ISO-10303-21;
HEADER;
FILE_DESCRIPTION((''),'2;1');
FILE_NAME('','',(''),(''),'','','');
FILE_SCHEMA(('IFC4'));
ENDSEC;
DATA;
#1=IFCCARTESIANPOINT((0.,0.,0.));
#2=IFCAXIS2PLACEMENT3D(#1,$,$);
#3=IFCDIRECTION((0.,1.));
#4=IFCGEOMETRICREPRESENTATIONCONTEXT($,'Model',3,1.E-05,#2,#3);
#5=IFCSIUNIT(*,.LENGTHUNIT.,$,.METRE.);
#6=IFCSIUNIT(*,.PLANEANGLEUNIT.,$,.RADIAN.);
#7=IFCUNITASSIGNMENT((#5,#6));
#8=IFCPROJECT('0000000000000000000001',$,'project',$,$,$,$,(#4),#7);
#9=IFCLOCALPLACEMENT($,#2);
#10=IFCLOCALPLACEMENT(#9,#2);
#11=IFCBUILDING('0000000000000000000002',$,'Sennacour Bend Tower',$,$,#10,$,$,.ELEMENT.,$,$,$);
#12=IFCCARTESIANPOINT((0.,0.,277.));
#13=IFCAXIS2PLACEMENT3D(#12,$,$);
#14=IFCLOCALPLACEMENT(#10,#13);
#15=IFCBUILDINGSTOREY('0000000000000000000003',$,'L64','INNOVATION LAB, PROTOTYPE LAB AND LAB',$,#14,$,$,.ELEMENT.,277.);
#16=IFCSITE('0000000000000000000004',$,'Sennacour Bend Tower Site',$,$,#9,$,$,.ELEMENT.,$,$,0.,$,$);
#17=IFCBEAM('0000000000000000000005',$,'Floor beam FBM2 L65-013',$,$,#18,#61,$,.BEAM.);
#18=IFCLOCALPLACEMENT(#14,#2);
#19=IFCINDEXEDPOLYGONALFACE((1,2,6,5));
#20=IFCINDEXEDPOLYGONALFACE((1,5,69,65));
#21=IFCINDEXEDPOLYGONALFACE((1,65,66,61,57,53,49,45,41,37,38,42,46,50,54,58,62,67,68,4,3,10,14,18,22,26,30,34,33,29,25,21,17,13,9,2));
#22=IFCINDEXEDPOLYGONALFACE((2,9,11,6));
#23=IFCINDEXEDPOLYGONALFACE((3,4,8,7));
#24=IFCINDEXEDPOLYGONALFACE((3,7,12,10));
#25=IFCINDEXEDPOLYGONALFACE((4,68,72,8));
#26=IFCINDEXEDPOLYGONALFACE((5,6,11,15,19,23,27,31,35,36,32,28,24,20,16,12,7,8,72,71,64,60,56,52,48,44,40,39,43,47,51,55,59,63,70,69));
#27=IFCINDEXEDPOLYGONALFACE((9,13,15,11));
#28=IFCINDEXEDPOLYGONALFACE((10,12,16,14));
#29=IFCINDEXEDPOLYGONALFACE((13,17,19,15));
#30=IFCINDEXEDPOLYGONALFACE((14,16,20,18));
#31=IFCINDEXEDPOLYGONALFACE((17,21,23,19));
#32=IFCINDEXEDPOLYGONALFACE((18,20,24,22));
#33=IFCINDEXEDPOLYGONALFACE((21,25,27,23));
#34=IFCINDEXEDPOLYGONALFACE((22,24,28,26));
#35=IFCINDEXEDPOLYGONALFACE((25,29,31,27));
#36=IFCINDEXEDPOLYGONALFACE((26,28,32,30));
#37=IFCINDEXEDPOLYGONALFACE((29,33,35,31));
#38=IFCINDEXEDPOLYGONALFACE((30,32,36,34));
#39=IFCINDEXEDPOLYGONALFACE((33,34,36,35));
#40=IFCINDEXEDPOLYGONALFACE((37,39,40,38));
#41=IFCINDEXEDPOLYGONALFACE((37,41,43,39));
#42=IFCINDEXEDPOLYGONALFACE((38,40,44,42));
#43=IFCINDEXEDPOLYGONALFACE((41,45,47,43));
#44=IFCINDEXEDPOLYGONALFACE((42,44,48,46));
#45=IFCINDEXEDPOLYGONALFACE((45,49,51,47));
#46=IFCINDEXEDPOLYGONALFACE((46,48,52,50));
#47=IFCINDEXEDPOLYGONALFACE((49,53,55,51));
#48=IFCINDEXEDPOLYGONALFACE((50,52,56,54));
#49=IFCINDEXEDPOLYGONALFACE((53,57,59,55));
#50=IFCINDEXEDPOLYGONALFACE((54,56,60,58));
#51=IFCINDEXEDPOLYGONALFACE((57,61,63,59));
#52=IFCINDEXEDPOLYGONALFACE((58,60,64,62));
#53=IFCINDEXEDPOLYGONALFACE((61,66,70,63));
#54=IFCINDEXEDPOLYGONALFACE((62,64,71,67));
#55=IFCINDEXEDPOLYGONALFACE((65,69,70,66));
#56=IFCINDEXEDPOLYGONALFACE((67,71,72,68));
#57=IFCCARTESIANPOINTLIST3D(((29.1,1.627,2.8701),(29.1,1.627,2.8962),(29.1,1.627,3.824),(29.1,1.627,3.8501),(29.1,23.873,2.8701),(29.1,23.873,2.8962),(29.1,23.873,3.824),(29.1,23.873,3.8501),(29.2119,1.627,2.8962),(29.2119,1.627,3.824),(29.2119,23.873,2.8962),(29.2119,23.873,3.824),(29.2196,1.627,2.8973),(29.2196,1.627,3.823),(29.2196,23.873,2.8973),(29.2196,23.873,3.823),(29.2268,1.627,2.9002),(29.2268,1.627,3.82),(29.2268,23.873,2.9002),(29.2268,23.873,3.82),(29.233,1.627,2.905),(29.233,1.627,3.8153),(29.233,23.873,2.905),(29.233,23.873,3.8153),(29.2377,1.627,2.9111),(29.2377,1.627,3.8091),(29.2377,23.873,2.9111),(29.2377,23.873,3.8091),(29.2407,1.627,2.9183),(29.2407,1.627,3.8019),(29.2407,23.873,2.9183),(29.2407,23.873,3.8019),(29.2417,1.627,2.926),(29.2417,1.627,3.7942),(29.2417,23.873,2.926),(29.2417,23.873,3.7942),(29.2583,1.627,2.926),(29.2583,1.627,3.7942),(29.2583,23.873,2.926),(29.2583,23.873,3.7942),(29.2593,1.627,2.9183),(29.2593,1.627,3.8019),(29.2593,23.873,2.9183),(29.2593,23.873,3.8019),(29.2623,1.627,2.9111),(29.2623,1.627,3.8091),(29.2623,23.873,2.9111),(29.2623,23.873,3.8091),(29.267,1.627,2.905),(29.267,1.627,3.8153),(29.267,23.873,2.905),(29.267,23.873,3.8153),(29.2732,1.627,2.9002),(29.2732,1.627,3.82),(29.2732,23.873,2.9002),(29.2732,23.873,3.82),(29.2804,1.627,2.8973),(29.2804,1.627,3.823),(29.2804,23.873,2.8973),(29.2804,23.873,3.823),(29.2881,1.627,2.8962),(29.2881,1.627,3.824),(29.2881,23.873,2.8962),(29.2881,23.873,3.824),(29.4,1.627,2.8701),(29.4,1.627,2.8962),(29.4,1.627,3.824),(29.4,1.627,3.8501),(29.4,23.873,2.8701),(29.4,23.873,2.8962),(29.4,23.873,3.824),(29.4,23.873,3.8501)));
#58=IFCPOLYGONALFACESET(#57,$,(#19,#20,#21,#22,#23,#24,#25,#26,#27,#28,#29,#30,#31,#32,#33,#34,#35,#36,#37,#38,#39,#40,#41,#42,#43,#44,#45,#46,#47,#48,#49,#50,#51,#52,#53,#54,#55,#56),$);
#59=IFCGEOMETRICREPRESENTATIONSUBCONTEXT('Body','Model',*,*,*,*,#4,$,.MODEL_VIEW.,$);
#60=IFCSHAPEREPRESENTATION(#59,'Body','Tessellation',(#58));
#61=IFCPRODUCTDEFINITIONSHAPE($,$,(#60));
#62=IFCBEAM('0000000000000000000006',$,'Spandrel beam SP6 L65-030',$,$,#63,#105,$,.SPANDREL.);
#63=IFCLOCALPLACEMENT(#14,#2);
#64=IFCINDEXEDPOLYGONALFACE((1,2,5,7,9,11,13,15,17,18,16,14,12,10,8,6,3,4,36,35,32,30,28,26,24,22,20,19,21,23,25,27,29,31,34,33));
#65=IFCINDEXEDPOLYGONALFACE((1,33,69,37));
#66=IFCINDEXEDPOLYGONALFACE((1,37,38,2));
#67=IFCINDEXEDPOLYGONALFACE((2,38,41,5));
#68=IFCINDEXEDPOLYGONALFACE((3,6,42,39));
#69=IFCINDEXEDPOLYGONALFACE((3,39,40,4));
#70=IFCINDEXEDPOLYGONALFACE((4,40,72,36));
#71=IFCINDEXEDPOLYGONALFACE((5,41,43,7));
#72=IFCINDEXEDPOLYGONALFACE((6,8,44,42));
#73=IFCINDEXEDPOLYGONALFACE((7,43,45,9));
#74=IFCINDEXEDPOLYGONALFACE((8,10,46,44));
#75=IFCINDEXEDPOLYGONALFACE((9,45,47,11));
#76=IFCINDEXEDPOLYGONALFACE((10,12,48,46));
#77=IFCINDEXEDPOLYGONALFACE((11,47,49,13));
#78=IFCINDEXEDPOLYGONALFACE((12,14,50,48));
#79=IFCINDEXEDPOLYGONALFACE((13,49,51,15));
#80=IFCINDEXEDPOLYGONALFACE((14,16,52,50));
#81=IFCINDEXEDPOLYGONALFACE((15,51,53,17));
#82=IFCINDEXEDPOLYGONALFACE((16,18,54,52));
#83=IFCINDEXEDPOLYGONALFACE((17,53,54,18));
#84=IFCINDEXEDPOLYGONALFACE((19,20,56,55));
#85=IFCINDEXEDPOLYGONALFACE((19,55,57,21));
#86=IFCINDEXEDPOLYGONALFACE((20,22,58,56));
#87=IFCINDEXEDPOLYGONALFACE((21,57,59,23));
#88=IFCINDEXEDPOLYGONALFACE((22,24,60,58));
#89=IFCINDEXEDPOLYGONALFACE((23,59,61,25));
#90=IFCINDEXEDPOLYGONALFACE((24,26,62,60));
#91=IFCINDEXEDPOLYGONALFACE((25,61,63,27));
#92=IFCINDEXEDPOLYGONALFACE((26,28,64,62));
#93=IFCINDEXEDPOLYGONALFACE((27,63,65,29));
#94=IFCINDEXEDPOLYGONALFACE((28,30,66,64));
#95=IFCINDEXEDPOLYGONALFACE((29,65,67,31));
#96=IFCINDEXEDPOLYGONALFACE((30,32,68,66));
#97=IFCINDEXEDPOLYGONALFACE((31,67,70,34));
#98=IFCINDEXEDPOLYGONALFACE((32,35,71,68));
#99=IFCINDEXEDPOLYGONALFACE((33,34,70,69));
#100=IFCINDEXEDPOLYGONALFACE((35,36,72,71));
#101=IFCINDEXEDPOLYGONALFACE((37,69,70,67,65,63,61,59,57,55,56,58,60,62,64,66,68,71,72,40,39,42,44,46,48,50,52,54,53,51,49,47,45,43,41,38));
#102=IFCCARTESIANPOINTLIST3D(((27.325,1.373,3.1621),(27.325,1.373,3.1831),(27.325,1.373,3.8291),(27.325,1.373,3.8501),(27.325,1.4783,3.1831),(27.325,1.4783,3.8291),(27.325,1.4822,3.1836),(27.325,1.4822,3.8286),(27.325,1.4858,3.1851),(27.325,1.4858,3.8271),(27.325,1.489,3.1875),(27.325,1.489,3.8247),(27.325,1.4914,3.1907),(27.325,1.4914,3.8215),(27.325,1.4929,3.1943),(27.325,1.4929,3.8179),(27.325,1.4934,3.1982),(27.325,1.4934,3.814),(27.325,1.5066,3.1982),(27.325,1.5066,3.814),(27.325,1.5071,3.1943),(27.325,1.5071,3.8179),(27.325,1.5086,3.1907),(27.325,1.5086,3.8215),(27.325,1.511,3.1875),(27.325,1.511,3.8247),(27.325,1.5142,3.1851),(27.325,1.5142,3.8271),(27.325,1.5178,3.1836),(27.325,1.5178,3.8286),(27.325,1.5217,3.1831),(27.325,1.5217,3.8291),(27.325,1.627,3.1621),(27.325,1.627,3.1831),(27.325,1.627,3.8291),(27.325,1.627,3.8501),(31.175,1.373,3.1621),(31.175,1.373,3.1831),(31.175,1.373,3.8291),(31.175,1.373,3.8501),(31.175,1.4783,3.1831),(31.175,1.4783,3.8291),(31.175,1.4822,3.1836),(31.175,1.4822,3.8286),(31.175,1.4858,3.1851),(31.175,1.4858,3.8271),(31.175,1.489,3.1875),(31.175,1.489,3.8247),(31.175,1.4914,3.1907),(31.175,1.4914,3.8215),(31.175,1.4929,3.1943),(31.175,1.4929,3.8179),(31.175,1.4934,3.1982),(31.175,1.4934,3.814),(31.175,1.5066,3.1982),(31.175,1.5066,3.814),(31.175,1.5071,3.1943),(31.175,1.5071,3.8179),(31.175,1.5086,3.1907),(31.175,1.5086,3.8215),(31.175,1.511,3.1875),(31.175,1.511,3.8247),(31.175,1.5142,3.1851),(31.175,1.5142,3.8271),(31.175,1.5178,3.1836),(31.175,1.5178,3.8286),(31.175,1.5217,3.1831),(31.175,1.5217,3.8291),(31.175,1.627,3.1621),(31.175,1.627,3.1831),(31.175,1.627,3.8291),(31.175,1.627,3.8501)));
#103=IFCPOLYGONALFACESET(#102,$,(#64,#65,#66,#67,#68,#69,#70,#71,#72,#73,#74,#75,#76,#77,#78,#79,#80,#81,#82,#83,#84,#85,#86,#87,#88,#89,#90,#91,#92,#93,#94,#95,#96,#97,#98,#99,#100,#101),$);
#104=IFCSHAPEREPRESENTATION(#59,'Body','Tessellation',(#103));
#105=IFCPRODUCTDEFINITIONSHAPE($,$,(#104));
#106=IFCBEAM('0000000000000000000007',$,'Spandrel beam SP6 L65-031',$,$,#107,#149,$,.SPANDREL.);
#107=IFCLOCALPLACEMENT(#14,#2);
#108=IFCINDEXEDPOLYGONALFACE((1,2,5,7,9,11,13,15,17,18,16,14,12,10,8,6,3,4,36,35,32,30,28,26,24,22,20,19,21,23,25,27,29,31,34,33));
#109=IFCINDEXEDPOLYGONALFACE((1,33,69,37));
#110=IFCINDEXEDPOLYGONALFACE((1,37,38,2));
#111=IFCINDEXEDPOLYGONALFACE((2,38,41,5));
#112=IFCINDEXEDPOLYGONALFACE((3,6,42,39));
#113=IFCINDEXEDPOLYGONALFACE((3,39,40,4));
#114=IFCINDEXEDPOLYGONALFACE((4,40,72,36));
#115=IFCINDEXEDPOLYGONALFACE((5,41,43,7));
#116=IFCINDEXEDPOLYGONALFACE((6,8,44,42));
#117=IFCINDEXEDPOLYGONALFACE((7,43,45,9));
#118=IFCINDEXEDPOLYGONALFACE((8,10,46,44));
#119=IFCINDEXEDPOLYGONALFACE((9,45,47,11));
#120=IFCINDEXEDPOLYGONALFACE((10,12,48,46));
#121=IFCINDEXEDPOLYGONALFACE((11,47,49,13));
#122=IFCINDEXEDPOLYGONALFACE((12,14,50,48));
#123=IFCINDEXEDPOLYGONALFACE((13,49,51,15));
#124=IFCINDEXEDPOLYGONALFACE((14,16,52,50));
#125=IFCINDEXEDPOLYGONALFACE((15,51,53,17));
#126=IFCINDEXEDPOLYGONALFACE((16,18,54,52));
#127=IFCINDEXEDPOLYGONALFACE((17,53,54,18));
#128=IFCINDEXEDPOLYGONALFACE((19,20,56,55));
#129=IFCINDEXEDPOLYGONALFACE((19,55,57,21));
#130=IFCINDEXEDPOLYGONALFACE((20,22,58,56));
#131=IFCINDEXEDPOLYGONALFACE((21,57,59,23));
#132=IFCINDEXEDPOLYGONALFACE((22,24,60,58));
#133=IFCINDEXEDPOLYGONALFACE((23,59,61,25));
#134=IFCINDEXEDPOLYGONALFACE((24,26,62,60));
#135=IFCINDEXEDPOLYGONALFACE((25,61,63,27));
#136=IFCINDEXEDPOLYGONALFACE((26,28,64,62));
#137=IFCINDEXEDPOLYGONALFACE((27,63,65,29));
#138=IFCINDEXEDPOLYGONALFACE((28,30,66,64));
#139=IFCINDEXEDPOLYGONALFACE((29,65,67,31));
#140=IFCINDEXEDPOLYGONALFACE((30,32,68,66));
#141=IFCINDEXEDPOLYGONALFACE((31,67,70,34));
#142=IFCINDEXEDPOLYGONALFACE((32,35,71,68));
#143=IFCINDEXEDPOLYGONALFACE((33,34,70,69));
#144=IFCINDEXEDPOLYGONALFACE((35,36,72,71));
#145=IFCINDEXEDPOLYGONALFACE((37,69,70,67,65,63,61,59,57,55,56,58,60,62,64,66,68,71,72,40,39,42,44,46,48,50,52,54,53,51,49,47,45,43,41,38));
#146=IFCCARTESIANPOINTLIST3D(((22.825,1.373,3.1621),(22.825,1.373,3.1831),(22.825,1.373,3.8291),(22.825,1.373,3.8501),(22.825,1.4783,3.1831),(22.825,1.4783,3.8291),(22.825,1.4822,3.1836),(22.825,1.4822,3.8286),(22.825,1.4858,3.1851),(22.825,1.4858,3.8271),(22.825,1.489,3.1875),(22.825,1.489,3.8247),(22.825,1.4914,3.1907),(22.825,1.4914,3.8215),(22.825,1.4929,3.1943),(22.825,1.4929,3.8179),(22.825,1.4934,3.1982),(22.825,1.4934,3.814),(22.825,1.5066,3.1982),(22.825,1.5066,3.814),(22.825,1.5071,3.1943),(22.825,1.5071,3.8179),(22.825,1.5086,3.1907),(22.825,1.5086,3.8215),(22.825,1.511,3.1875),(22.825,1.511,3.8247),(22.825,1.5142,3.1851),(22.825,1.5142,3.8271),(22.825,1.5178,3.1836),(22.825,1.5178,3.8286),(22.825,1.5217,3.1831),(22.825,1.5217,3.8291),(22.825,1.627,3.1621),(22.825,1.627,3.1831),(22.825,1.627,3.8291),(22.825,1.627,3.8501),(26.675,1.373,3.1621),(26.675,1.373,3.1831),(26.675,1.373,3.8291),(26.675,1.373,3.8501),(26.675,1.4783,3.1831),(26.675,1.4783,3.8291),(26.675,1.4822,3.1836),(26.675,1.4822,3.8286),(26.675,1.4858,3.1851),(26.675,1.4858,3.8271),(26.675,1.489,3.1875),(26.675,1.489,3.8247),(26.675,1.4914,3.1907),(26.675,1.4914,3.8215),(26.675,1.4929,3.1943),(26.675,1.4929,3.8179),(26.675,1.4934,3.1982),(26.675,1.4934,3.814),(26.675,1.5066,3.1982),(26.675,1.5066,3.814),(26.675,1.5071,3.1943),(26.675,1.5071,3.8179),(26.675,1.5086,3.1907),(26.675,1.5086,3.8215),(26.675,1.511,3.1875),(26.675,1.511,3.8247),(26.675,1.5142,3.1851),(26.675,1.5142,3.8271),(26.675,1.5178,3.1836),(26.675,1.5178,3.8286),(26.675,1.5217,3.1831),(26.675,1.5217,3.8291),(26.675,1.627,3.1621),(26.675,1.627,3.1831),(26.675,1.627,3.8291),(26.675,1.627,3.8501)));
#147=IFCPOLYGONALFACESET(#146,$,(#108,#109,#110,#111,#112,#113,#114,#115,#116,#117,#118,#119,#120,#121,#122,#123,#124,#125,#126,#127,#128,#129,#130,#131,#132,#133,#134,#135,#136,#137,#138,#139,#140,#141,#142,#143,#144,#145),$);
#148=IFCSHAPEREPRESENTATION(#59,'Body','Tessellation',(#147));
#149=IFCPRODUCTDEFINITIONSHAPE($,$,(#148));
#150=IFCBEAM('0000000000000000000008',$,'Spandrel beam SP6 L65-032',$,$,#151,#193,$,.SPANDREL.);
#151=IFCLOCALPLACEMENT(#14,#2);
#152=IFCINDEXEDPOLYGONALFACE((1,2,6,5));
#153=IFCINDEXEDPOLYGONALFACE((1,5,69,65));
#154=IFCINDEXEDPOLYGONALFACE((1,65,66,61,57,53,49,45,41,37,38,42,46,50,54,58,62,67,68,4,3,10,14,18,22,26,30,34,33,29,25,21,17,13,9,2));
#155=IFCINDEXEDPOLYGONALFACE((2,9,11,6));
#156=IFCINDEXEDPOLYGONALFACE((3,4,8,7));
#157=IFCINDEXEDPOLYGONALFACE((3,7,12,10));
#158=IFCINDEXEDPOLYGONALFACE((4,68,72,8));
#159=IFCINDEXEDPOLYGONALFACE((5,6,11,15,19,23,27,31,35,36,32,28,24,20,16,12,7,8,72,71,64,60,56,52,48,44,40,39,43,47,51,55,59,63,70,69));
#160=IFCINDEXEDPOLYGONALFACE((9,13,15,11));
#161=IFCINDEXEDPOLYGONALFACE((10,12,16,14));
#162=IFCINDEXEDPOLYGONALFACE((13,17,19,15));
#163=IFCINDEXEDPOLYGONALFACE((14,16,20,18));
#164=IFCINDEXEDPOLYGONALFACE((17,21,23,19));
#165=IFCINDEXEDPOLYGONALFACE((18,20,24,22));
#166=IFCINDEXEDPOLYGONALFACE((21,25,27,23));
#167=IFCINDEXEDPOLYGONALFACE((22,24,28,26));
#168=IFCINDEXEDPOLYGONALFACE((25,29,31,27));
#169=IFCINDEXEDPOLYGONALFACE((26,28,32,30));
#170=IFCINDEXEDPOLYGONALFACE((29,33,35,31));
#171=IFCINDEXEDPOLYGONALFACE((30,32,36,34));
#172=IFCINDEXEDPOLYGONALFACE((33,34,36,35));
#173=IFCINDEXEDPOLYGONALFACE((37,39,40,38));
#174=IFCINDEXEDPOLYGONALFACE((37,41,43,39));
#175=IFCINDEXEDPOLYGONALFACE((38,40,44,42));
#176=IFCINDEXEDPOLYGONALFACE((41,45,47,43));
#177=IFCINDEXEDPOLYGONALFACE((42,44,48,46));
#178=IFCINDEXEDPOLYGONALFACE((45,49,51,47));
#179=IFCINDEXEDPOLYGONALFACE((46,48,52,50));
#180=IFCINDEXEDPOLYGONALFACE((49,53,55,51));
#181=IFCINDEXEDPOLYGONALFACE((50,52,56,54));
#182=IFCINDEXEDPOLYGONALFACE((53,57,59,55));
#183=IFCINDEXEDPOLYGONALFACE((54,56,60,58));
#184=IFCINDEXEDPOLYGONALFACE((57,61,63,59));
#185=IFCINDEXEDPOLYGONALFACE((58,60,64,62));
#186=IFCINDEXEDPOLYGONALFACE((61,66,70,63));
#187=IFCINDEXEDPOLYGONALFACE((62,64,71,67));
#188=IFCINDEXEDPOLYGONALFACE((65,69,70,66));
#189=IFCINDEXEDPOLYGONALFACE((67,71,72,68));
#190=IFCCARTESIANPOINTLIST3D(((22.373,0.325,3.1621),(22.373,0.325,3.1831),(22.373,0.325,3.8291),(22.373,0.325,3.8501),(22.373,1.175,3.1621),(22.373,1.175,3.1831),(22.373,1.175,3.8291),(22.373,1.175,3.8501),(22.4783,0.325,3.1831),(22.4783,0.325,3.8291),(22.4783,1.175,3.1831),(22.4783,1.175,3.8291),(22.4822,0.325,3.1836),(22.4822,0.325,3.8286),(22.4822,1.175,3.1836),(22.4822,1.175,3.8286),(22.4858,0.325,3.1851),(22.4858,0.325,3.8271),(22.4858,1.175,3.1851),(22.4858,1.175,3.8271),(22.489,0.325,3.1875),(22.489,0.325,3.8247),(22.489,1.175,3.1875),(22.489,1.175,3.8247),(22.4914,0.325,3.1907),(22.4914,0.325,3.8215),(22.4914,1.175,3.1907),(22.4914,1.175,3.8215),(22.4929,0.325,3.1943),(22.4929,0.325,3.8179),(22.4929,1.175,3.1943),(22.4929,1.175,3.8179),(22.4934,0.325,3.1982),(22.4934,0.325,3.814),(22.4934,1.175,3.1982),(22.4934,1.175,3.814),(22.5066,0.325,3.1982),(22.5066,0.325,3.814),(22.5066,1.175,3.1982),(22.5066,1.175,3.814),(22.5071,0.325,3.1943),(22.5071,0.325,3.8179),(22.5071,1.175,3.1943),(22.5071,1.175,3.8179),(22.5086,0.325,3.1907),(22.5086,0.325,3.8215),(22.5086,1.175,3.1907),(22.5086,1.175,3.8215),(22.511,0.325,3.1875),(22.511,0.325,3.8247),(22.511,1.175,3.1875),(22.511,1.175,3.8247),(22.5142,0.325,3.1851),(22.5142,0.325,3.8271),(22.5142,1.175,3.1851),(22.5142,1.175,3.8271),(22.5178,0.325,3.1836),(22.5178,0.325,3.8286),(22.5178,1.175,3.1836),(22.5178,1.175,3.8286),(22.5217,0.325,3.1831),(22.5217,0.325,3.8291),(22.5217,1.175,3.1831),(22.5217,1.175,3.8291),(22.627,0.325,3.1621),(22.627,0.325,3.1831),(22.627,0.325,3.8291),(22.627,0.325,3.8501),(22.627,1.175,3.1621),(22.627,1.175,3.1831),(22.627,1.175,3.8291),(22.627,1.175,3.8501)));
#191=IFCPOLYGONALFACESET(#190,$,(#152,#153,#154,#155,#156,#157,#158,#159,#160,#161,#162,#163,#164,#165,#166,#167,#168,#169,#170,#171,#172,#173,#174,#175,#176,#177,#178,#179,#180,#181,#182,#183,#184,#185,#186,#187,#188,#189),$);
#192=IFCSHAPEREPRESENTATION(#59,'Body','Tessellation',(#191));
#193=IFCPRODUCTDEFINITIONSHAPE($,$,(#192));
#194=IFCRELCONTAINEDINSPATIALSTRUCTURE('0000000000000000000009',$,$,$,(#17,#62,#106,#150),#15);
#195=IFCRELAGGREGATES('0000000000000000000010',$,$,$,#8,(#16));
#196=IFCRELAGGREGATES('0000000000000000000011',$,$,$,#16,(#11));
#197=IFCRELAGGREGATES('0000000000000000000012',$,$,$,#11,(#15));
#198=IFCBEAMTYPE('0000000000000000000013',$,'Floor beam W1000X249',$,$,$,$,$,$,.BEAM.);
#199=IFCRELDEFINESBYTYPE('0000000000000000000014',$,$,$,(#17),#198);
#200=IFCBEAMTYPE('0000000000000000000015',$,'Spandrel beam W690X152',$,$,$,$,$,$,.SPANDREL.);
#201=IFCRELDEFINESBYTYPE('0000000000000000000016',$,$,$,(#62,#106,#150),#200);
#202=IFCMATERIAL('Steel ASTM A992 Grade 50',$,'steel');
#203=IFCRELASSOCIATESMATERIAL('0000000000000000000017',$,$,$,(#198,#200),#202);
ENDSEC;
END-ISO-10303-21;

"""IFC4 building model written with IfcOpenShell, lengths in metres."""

from ifc_helpers import new_model, si_unit, direction, frame, origin, origin_2d, place, context, subcontext, project, spatial, i_section, extrude, material, material_profile, profile_set, type_object, element, save


model = new_model("IFC4")

# Units and contexts
model_context = context("Model", 3, precision=1e-05, world=origin(), true_north=direction((0.0, 1.0)))
body_context = subcontext(model_context, "Body", "Model", "MODEL_VIEW")
ifc_project = project(units=[si_unit("LENGTHUNIT", "METRE"), si_unit("PLANEANGLEUNIT", "RADIAN")], contexts=[model_context])

# Site, building, storey
site_placement = place(None, origin())
site = spatial("IfcSite", under=ifc_project, at=site_placement, Name="Sennacour Bend Tower Site", CompositionType="ELEMENT", RefElevation=0.0)
building_placement = place(site_placement, origin())
building = spatial("IfcBuilding", under=site, at=building_placement, Name="Sennacour Bend Tower", CompositionType="ELEMENT")
storey_placement = place(building_placement, frame((0.0, 0.0, 277.0)))
storey = spatial("IfcBuildingStorey", under=building, at=storey_placement, Name="L64", Description="INNOVATION LAB, PROTOTYPE LAB AND LAB", CompositionType="ELEMENT", Elevation=277.0)

# Beams
ifc_material_1 = material(Name="Steel ASTM A992 Grade 50", Category="steel")
ifc_material_profile_1 = material_profile(ifc_material_1, i_section(OverallWidth=0.3, OverallDepth=0.98, WebThickness=0.0166, FlangeThickness=0.0261, FilletRadius=0.0298, at=origin_2d()), Name="Steel ASTM A992 Grade 50", Category="steel")
ifc_profile_set_1 = profile_set([ifc_material_profile_1], Name="Steel ASTM A992 Grade 50")
beam_type_1 = type_object("IfcBeamType", Name="Floor beam W1000X249", PredefinedType="BEAM", material=ifc_profile_set_1)
for number, where, z_axis, x_axis, name in (
    (1, (29.25, 1.627, 3.3601), (0.0, 1.0, 0.0), (-1.0, 0.0, 0.0), "Floor beam FBM2 L65-013"),
):
    element("IfcBeam", number, at=place(storey_placement, frame(where, z_axis=z_axis, x_axis=x_axis)), inside=storey, type_object=beam_type_1, Name=name, PredefinedType="BEAM", context=body_context, shape_type="SweptSolid", body=[
        extrude(i_section(OverallWidth=0.3, OverallDepth=0.98, WebThickness=0.0166, FlangeThickness=0.0261, FilletRadius=0.0298, at=origin_2d()), origin(), (0.0, 0.0, 1.0), 22.2461),
    ])
ifc_material_profile_2 = material_profile(ifc_material_1, i_section(OverallWidth=0.2539, OverallDepth=0.688, WebThickness=0.0132, FlangeThickness=0.021, FilletRadius=0.0151, at=origin_2d()), Name="Steel ASTM A992 Grade 50", Category="steel")
ifc_profile_set_2 = profile_set([ifc_material_profile_2], Name="Steel ASTM A992 Grade 50")
beam_type_2 = type_object("IfcBeamType", Name="Spandrel beam W690X152", PredefinedType="SPANDREL", material=ifc_profile_set_2)
for number, where, z_axis, x_axis, name in (
    (2, (31.175, 1.5, 3.5061), (-1.0, 0.0, 0.0), (0.0, -1.0, 0.0), "Spandrel beam SP6 L65-030"),
    (3, (26.675, 1.5, 3.5061), (-1.0, 0.0, 0.0), (0.0, -1.0, 0.0), "Spandrel beam SP6 L65-031"),
):
    element("IfcBeam", number, at=place(storey_placement, frame(where, z_axis=z_axis, x_axis=x_axis)), inside=storey, type_object=beam_type_2, Name=name, PredefinedType="SPANDREL", context=body_context, shape_type="SweptSolid", body=[
        extrude(i_section(OverallWidth=0.2539, OverallDepth=0.688, WebThickness=0.0132, FlangeThickness=0.021, FilletRadius=0.0151, at=origin_2d()), origin(), (0.0, 0.0, 1.0), 3.8501),
    ])
beam_1_placement = place(storey_placement, frame((22.5, 1.175, 3.5061), z_axis=(0.0, -1.0, 0.0), x_axis=(1.0, 0.0, 0.0)))
element("IfcBeam", 4, at=beam_1_placement, inside=storey, type_object=beam_type_2, Name="Spandrel beam SP6 L65-032", PredefinedType="SPANDREL", context=body_context, shape_type="SweptSolid", body=[
    extrude(i_section(OverallWidth=0.2539, OverallDepth=0.688, WebThickness=0.0132, FlangeThickness=0.021, FilletRadius=0.0151, at=origin_2d()), origin(), (0.0, 0.0, 1.0), 0.8501),
])

save(model, "model.ifc")
